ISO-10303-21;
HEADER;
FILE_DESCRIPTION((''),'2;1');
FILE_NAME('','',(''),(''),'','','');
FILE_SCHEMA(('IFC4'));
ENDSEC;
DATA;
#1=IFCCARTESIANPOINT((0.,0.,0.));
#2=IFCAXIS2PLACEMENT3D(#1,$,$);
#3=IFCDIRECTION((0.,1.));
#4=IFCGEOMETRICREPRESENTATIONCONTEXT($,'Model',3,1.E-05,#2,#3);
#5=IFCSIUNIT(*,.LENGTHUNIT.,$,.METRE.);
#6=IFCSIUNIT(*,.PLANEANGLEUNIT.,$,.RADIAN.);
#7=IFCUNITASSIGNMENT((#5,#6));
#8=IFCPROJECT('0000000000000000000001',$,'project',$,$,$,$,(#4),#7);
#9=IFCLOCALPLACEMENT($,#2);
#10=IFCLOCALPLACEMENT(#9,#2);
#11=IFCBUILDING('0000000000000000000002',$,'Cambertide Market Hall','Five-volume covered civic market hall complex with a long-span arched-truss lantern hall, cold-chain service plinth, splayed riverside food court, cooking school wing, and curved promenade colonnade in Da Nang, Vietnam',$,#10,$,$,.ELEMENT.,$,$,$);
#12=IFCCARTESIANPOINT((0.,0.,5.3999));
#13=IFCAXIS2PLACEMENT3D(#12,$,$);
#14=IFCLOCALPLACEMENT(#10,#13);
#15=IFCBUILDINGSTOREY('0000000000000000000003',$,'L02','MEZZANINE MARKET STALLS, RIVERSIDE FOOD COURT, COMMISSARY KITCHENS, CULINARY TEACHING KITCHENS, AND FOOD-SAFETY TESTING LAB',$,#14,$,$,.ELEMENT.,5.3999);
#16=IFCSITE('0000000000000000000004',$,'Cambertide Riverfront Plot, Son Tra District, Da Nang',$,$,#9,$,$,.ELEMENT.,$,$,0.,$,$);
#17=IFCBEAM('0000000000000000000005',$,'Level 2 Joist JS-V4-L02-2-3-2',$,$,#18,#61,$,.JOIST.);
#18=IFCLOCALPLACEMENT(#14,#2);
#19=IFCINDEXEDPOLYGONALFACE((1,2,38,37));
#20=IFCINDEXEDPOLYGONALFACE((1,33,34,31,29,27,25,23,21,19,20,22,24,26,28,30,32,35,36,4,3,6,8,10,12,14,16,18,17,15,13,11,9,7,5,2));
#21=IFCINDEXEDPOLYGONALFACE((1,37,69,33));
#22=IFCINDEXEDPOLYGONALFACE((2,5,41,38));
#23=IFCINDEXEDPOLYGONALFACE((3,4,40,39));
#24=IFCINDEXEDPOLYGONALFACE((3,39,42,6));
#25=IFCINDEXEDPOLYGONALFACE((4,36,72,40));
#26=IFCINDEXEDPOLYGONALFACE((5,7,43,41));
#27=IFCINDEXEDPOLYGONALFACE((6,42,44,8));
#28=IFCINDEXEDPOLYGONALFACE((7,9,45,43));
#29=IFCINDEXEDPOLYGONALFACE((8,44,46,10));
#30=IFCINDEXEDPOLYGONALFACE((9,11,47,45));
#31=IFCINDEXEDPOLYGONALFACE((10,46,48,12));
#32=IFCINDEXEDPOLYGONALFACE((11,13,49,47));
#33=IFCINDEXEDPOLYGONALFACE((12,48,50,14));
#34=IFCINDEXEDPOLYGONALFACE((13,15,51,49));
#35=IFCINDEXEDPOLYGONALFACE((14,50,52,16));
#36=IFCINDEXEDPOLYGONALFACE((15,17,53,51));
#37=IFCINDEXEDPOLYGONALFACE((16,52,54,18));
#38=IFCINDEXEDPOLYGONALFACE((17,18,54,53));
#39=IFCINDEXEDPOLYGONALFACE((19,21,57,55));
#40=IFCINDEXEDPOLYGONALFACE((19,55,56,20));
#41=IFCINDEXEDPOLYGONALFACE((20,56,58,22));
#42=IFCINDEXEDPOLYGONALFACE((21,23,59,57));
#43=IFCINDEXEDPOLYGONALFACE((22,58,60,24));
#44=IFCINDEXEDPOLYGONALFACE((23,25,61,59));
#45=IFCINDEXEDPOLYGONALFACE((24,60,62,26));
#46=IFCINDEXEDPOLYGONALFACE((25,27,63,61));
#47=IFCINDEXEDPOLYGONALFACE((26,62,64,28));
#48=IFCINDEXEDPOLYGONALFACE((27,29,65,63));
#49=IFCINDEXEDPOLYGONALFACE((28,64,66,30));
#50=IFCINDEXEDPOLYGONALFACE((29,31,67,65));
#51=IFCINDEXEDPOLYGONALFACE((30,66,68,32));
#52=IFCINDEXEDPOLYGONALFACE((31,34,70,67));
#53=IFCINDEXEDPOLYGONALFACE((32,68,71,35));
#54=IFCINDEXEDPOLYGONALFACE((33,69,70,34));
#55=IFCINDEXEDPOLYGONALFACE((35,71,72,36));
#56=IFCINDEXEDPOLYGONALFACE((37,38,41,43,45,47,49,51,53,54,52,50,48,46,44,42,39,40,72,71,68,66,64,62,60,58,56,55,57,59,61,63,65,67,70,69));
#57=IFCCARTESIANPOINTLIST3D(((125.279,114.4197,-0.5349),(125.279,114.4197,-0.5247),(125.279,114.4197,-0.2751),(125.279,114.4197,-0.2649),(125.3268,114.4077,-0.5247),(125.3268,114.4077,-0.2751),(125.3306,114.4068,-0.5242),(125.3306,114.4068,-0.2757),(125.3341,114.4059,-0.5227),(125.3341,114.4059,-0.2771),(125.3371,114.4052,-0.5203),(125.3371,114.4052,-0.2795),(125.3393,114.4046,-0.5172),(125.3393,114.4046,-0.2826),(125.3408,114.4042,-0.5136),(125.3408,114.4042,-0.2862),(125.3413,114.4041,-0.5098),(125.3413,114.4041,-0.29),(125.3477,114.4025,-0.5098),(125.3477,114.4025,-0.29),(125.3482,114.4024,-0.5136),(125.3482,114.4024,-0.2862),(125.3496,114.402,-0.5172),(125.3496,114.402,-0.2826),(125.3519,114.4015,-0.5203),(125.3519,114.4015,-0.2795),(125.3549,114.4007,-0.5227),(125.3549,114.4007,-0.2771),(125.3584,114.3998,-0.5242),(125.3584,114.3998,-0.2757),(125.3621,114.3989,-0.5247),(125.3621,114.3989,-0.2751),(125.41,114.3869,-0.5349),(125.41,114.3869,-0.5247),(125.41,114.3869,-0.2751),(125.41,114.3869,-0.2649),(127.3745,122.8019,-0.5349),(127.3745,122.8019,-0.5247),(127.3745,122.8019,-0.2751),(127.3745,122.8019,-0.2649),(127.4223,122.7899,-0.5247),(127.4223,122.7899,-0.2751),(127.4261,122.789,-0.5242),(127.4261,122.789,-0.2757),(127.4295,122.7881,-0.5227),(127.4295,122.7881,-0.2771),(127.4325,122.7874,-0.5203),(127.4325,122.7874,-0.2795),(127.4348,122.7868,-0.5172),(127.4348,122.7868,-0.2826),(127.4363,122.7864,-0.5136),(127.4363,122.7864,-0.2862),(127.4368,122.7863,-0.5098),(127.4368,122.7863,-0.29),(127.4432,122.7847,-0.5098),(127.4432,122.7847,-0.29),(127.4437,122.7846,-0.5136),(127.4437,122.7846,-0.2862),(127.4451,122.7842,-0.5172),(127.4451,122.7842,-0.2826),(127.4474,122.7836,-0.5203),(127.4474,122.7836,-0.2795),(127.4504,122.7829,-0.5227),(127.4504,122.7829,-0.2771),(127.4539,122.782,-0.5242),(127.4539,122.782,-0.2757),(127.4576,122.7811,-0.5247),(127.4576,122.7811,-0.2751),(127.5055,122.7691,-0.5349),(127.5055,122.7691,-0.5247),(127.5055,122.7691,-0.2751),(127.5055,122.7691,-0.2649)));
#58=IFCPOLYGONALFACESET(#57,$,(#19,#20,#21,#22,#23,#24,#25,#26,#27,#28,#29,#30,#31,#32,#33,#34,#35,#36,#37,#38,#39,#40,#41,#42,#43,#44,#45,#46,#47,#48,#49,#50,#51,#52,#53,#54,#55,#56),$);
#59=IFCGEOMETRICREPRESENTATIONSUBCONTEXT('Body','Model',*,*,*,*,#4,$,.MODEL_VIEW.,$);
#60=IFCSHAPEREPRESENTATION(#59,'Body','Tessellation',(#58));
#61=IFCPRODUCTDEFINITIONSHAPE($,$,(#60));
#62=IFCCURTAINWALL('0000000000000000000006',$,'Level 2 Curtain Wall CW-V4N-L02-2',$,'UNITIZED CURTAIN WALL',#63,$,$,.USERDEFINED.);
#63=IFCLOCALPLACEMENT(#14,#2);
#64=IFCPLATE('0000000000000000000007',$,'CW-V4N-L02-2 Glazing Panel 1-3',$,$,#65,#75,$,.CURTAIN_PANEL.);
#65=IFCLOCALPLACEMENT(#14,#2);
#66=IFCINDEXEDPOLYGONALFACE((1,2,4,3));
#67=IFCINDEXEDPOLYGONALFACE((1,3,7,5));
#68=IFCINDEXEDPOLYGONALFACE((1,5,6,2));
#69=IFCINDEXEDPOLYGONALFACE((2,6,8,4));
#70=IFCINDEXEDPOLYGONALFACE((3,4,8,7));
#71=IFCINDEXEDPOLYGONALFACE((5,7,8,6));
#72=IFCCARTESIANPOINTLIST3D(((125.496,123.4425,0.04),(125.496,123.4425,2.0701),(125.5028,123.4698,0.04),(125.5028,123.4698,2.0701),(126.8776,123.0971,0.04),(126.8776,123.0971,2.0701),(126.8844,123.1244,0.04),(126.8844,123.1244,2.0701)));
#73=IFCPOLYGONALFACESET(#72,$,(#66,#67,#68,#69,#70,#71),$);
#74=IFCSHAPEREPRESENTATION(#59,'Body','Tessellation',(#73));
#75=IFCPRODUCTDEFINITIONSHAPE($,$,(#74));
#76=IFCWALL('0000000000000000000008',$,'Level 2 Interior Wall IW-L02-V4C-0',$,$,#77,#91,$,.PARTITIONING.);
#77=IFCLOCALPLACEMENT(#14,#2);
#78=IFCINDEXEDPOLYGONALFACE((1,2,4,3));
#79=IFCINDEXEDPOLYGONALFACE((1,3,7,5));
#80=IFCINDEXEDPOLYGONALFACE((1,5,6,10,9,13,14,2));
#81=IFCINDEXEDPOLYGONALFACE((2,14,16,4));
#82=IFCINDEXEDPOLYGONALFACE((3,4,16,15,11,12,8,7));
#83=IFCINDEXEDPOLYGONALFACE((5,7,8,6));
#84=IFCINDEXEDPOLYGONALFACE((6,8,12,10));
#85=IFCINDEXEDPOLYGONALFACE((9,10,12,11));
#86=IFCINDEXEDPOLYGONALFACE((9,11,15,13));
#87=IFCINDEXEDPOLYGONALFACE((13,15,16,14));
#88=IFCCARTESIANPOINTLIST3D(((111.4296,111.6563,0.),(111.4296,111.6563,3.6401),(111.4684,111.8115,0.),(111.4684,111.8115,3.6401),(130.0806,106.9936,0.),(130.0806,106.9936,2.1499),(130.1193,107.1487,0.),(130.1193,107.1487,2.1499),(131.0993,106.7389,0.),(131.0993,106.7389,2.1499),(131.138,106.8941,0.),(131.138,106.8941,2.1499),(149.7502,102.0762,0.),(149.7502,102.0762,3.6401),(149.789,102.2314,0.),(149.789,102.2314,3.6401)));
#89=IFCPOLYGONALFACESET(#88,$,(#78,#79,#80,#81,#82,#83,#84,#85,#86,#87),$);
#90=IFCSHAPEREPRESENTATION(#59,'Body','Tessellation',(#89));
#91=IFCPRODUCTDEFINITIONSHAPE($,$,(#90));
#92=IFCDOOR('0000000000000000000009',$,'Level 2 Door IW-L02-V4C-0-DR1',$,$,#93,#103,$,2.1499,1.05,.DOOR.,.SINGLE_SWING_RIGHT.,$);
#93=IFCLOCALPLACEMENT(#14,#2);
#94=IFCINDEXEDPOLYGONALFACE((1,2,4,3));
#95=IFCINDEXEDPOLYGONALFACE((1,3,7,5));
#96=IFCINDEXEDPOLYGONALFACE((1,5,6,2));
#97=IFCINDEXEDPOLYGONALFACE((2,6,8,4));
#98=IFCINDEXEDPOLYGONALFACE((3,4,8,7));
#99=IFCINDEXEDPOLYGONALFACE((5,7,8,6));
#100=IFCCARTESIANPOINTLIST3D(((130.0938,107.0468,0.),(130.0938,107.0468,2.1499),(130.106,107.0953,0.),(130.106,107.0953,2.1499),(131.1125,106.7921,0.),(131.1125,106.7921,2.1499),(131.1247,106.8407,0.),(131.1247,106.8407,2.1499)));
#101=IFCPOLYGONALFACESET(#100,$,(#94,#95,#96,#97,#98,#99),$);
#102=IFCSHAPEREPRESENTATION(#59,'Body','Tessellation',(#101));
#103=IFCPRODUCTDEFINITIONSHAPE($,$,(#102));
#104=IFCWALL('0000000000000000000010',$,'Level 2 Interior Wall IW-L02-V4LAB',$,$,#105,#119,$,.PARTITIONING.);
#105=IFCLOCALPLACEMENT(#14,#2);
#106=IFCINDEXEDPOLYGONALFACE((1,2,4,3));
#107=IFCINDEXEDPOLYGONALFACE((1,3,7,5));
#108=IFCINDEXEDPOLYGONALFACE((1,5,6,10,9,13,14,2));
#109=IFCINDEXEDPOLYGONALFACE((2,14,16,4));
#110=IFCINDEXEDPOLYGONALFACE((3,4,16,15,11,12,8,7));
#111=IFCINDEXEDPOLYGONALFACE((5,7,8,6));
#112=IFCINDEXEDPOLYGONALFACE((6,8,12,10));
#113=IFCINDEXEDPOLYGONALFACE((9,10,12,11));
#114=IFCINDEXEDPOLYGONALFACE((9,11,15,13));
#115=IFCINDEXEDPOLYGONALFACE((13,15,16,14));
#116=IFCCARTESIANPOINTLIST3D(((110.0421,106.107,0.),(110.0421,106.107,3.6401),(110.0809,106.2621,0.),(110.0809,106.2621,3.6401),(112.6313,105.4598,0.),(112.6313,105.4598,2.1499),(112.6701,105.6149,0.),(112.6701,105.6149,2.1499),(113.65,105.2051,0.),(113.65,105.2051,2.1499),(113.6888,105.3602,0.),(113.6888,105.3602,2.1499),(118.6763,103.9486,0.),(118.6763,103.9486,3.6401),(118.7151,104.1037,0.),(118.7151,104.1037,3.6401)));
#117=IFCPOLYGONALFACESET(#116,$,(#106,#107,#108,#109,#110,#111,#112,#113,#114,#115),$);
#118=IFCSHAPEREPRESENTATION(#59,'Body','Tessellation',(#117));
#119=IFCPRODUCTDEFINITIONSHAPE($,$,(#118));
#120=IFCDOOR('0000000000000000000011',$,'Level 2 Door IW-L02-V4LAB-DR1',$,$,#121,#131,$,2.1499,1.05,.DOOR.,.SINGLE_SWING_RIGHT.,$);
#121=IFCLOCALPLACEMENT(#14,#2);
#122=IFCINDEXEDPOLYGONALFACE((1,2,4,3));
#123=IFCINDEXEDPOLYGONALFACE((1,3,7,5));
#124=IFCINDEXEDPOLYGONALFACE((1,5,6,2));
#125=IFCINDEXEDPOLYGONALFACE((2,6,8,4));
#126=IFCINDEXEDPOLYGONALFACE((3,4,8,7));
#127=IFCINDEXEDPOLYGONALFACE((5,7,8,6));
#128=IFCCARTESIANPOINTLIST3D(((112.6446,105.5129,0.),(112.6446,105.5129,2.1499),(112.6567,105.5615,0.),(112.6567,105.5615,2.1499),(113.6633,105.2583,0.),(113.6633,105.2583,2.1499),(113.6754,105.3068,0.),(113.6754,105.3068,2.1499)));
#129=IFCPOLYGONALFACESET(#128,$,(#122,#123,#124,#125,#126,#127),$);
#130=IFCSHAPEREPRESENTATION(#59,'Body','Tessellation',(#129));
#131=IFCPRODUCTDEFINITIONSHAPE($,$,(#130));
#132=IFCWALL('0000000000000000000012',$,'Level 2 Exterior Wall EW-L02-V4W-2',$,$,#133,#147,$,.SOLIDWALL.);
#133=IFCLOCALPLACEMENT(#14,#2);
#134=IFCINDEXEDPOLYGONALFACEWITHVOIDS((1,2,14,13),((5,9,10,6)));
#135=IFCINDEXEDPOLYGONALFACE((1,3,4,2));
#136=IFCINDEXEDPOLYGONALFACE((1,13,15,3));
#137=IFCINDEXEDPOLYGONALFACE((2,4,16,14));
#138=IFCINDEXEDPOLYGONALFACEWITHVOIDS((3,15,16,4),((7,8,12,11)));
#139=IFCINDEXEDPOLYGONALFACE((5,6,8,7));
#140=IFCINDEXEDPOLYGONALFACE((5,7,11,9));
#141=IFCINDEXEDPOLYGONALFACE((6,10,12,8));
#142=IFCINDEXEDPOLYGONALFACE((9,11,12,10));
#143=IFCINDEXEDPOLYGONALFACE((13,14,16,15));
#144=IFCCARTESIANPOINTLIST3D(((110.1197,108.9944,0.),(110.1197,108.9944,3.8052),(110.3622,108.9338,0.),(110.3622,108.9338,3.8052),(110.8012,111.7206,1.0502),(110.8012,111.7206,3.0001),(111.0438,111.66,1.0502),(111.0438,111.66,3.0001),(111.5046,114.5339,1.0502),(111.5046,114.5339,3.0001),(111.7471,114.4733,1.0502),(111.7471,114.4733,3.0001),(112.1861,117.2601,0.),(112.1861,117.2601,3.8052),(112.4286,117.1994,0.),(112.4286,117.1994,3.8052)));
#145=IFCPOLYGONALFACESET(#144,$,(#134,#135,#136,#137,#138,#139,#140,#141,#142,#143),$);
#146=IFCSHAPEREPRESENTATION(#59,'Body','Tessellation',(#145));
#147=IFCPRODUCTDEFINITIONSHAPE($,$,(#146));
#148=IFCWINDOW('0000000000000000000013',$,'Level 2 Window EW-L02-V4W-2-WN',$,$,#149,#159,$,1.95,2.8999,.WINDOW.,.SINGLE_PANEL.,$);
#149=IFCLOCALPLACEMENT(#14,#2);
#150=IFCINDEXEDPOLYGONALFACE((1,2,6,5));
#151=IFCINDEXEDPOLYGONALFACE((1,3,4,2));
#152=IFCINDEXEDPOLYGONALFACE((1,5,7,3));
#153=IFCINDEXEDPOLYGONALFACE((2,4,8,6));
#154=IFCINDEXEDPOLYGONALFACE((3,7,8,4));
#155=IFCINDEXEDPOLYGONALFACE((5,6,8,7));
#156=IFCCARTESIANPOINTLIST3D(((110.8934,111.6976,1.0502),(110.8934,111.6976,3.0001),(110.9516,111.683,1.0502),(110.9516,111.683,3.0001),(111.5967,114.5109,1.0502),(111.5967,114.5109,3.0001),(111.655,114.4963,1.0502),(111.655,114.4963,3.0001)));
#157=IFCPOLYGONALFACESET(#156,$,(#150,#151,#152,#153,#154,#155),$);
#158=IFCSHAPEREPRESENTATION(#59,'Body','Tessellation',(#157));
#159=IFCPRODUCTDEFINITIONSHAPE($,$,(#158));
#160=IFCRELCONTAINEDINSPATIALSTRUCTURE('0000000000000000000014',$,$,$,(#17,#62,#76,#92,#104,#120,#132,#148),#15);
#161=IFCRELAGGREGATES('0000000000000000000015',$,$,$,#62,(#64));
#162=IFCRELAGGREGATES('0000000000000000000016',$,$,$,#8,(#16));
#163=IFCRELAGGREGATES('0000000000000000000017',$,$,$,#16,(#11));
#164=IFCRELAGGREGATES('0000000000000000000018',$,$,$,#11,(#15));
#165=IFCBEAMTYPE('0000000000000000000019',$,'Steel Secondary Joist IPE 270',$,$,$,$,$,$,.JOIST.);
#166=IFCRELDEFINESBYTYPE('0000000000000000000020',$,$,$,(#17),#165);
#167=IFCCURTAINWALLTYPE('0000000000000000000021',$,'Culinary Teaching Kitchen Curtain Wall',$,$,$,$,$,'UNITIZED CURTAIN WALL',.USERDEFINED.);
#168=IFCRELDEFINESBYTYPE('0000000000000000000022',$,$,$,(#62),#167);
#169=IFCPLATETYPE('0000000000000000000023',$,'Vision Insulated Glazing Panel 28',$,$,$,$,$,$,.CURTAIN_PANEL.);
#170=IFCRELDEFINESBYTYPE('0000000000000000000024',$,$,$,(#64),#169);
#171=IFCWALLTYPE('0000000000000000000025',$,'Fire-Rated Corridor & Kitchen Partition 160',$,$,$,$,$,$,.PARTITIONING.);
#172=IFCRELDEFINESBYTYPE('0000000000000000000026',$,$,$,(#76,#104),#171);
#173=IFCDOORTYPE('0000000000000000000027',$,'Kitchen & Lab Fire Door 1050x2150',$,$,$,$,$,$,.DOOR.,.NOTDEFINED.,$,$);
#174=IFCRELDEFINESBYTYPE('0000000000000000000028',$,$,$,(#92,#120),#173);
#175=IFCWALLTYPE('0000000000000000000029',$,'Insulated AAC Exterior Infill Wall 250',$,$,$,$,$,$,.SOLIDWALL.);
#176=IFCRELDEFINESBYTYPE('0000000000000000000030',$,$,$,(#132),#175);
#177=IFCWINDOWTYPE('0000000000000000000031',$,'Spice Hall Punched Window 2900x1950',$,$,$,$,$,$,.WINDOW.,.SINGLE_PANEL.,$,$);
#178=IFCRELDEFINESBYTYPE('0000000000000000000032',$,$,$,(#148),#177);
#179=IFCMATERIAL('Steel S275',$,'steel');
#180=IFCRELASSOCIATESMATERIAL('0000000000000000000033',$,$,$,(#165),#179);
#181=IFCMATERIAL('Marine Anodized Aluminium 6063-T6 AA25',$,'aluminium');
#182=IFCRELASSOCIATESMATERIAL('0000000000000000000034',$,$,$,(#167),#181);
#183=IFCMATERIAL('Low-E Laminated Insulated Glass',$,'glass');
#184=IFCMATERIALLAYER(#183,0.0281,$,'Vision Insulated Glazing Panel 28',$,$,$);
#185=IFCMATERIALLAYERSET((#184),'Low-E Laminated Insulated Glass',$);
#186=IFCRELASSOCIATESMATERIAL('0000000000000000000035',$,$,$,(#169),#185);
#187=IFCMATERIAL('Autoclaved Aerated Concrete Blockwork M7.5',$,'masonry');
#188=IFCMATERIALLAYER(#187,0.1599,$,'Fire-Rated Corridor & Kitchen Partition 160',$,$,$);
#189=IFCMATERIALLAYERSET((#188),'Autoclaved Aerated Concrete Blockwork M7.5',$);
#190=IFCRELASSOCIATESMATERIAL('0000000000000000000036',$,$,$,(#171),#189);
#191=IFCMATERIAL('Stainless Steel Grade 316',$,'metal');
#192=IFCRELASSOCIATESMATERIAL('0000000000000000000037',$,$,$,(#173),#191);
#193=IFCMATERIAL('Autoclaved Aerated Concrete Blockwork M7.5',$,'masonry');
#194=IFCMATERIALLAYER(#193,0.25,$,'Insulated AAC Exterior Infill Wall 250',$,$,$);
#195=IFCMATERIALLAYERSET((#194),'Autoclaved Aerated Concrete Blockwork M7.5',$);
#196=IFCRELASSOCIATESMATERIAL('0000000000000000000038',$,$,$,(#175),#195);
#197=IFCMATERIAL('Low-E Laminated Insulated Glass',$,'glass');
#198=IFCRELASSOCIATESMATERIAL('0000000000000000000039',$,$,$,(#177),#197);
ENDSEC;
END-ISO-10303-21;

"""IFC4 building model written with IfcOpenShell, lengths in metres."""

from ifc_helpers import new_model, si_unit, direction, frame, frame_2d, origin, origin_2d, place, context, subcontext, project, spatial, rectangle, i_section, extrude, material, layer, layer_set, material_profile, profile_set, type_object, element, fill, aggregate, save


model = new_model("IFC4")

# Units and contexts
model_context = context("Model", 3, precision=1e-05, world=origin(), true_north=direction((0.0, 1.0)))
body_context = subcontext(model_context, "Body", "Model", "MODEL_VIEW")
ifc_project = project(units=[si_unit("LENGTHUNIT", "METRE"), si_unit("PLANEANGLEUNIT", "RADIAN")], contexts=[model_context])

# Site, building, storey
site_placement = place(None, origin())
site = spatial("IfcSite", under=ifc_project, at=site_placement, Name="Cambertide Riverfront Plot, Son Tra District, Da Nang", CompositionType="ELEMENT", RefElevation=0.0)
building_placement = place(site_placement, origin())
building = spatial("IfcBuilding", under=site, at=building_placement, Name="Cambertide Market Hall", Description="Five-volume covered civic market hall complex with a long-span arched-truss lantern hall, cold-chain service plinth, splayed riverside food court, cooking school wing, and curved promenade colonnade in Da Nang, Vietnam", CompositionType="ELEMENT")
storey_placement = place(building_placement, frame((0.0, 0.0, 5.3999)))
storey = spatial("IfcBuildingStorey", under=building, at=storey_placement, Name="L02", Description="MEZZANINE MARKET STALLS, RIVERSIDE FOOD COURT, COMMISSARY KITCHENS, CULINARY TEACHING KITCHENS, AND FOOD-SAFETY TESTING LAB", CompositionType="ELEMENT", Elevation=5.3999)

# Beam
ifc_material_1 = material(Name="Steel S275", Category="steel")
ifc_material_profile_1 = material_profile(ifc_material_1, i_section(OverallWidth=0.135, OverallDepth=0.27, WebThickness=0.0066, FlangeThickness=0.0103, FilletRadius=0.0149, at=origin_2d()), Name="IPE 270")
ifc_profile_set_1 = profile_set([ifc_material_profile_1], Name="Steel S275")
beam_type_1 = type_object("IfcBeamType", Name="Steel Secondary Joist IPE 270", PredefinedType="JOIST", material=ifc_profile_set_1)
for number, where, z_axis, x_axis, name in (
    (1, (125.3445, 114.4033, -0.3999), (0.242529, 0.970144, 0.0), (-0.970144, 0.242529, 0.0), "Level 2 Joist JS-V4-L02-2-3-2"),
):
    element("IfcBeam", number, at=place(storey_placement, frame(where, z_axis=z_axis, x_axis=x_axis)), inside=storey, type_object=beam_type_1, Name=name, PredefinedType="JOIST", context=body_context, shape_type="SweptSolid", body=[
        extrude(i_section(OverallWidth=0.135, OverallDepth=0.27, WebThickness=0.0066, FlangeThickness=0.0103, FilletRadius=0.0149, at=origin_2d()), origin(), (0.0, 0.0, 1.0), 8.6401),
    ])

# Curtain wall, plate
ifc_material_2 = material(Name="Marine Anodized Aluminium 6063-T6 AA25", Category="aluminium")
curtain_wall_type = type_object("IfcCurtainWallType", Name="Culinary Teaching Kitchen Curtain Wall", ElementType="UNITIZED CURTAIN WALL", PredefinedType="USERDEFINED", material=ifc_material_2)
curtain_wall_placement = place(storey_placement, origin())
curtain_wall = element("IfcCurtainWall", 2, at=curtain_wall_placement, inside=storey, type_object=curtain_wall_type, Name="Level 2 Curtain Wall CW-V4N-L02-2", ObjectType="UNITIZED CURTAIN WALL", PredefinedType="USERDEFINED")
ifc_material_3 = material(Name="Low-E Laminated Insulated Glass", Category="glass")
ifc_layer_1 = layer(ifc_material_3, 0.0281, Name="Vision Insulated Glazing Panel 28")
ifc_layer_set_1 = layer_set([ifc_layer_1], Name="Low-E Laminated Insulated Glass")
plate_type = type_object("IfcPlateType", Name="Vision Insulated Glazing Panel 28", PredefinedType="CURTAIN_PANEL", material=ifc_layer_set_1)
plate_placement = place(storey_placement, frame((126.1902, 123.2834, 0.04), z_axis=(0.0, 0.0, 1.0), x_axis=(0.970143, -0.242536, 0.0)))
plate = element("IfcPlate", 3, at=plate_placement, type_object=plate_type, Name="CW-V4N-L02-2 Glazing Panel 1-3", PredefinedType="CURTAIN_PANEL", context=body_context, shape_type="SweptSolid", body=[
    extrude(rectangle(XDim=1.4241, YDim=0.0281, at=origin_2d()), origin(), (0.0, 0.0, 1.0), 2.03),
])
aggregate(curtain_wall, [plate])

# Walls, openings, doors
ifc_material_4 = material(Name="Autoclaved Aerated Concrete Blockwork M7.5", Category="masonry")
ifc_layer_2 = layer(ifc_material_4, 0.1599, Name="Fire-Rated Corridor & Kitchen Partition 160")
ifc_layer_set_2 = layer_set([ifc_layer_2], Name="Autoclaved Aerated Concrete Blockwork M7.5")
wall_type_1 = type_object("IfcWallType", Name="Fire-Rated Corridor & Kitchen Partition 160", PredefinedType="PARTITIONING", material=ifc_layer_set_2)
wall_1_placement = place(storey_placement, frame((111.449, 111.7339, 0.0), z_axis=(0.0, 0.0, 1.0), x_axis=(0.970143, -0.242534, 0.0)))
wall_1 = element("IfcWall", 4, at=wall_1_placement, inside=storey, type_object=wall_type_1, Name="Level 2 Interior Wall IW-L02-V4C-0", PredefinedType="PARTITIONING", context=body_context, shape_type="SweptSolid", body=[
    extrude(rectangle(XDim=39.5, YDim=0.1599, at=frame_2d((19.75, 0.0))), origin(), (0.0, 0.0, 1.0), 3.6401),
])
opening_1_placement = place(wall_1_placement, frame((19.2251, 0.0, 0.0)))
opening_1 = element("IfcOpeningElement", 5, at=opening_1_placement, cuts=wall_1, PredefinedType="OPENING", context=body_context, shape_type="SweptSolid", body=[
    extrude(rectangle(XDim=1.05, YDim=2.1499, at=frame_2d((0.5249, 1.075))), frame((0.0, 0.0898, 0.0), z_axis=(0.0, -1.0, 0.0), x_axis=(1.0, 0.0, 0.0)), (0.0, 0.0, 1.0), 0.1799),
])
ifc_material_5 = material(Name="Stainless Steel Grade 316", Category="metal")
door_type_1 = type_object("IfcDoorType", Name="Kitchen & Lab Fire Door 1050x2150", OperationType="NOTDEFINED", PredefinedType="DOOR", material=ifc_material_5)
door_1_placement = place(opening_1_placement, origin())
door_1 = element("IfcDoor", 6, at=door_1_placement, inside=storey, type_object=door_type_1, Name="Level 2 Door IW-L02-V4C-0-DR1", OperationType="SINGLE_SWING_RIGHT", OverallHeight=2.1499, OverallWidth=1.05, PredefinedType="DOOR", context=body_context, shape_type="SweptSolid", body=[
    extrude(rectangle(XDim=1.05, YDim=2.1499, at=frame_2d((0.5249, 1.075))), frame((0.0, 0.0249, 0.0), z_axis=(0.0, -1.0, 0.0), x_axis=(1.0, 0.0, 0.0)), (0.0, 0.0, 1.0), 0.05),
])
fill(opening_1, door_1)
wall_2_placement = place(storey_placement, frame((110.0615, 106.1846, 0.0), z_axis=(0.0, 0.0, 1.0), x_axis=(0.970146, -0.242523, 0.0)))
wall_2 = element("IfcWall", 7, at=wall_2_placement, inside=storey, type_object=wall_type_1, Name="Level 2 Interior Wall IW-L02-V4LAB", PredefinedType="PARTITIONING", context=body_context, shape_type="SweptSolid", body=[
    extrude(rectangle(XDim=8.8999, YDim=0.1599, at=frame_2d((4.45, 0.0))), origin(), (0.0, 0.0, 1.0), 3.6401),
])
opening_2_placement = place(wall_2_placement, frame((2.6689, 0.0, 0.0)))
opening_2 = element("IfcOpeningElement", 8, at=opening_2_placement, cuts=wall_2, PredefinedType="OPENING", context=body_context, shape_type="SweptSolid", body=[
    extrude(rectangle(XDim=1.05, YDim=2.1499, at=frame_2d((0.5249, 1.075))), frame((0.0, 0.0898, 0.0), z_axis=(0.0, -1.0, 0.0), x_axis=(1.0, 0.0, 0.0)), (0.0, 0.0, 1.0), 0.1799),
])
door_2_placement = place(opening_2_placement, origin())
door_2 = element("IfcDoor", 9, at=door_2_placement, inside=storey, type_object=door_type_1, Name="Level 2 Door IW-L02-V4LAB-DR1", OperationType="SINGLE_SWING_RIGHT", OverallHeight=2.1499, OverallWidth=1.05, PredefinedType="DOOR", context=body_context, shape_type="SweptSolid", body=[
    extrude(rectangle(XDim=1.05, YDim=2.1499, at=frame_2d((0.5249, 1.075))), frame((0.0, 0.0249, 0.0), z_axis=(0.0, -1.0, 0.0), x_axis=(1.0, 0.0, 0.0)), (0.0, 0.0, 1.0), 0.05),
])
fill(opening_2, door_2)

# Wall, opening, window
ifc_material_6 = material(Name="Autoclaved Aerated Concrete Blockwork M7.5", Category="masonry")
ifc_layer_3 = layer(ifc_material_6, 0.25, Name="Insulated AAC Exterior Infill Wall 250")
ifc_layer_set_3 = layer_set([ifc_layer_3], Name="Autoclaved Aerated Concrete Blockwork M7.5")
wall_type_2 = type_object("IfcWallType", Name="Insulated AAC Exterior Infill Wall 250", PredefinedType="SOLIDWALL", material=ifc_layer_set_3)
wall_3_placement = place(storey_placement, frame((110.241, 108.9641, 0.0), z_axis=(0.0, 0.0, 1.0), x_axis=(0.242536, 0.970143, 0.0)))
wall_3 = element("IfcWall", 10, at=wall_3_placement, inside=storey, type_object=wall_type_2, Name="Level 2 Exterior Wall EW-L02-V4W-2", PredefinedType="SOLIDWALL", context=body_context, shape_type="SweptSolid", body=[
    extrude(rectangle(XDim=8.52, YDim=0.25, at=frame_2d((4.26, 0.0))), origin(), (0.0, 0.0, 1.0), 3.8052),
])
opening_3_placement = place(wall_3_placement, frame((2.8101, 0.0, 1.05)))
opening_3 = element("IfcOpeningElement", 11, at=opening_3_placement, cuts=wall_3, PredefinedType="OPENING", context=body_context, shape_type="SweptSolid", body=[
    extrude(rectangle(XDim=2.8999, YDim=1.95, at=frame_2d((1.45, 0.9751))), frame((0.0, 0.135, 0.0), z_axis=(0.0, -1.0, 0.0), x_axis=(1.0, 0.0, 0.0)), (0.0, 0.0, 1.0), 0.27),
])
ifc_material_7 = material(Name="Low-E Laminated Insulated Glass", Category="glass")
window_type = type_object("IfcWindowType", Name="Spice Hall Punched Window 2900x1950", PartitioningType="SINGLE_PANEL", PredefinedType="WINDOW", material=ifc_material_7)
window_1_placement = place(opening_3_placement, origin())
window_1 = element("IfcWindow", 12, at=window_1_placement, inside=storey, type_object=window_type, Name="Level 2 Window EW-L02-V4W-2-WN", OverallHeight=1.95, OverallWidth=2.8999, PartitioningType="SINGLE_PANEL", PredefinedType="WINDOW", context=body_context, shape_type="SweptSolid", body=[
    extrude(rectangle(XDim=2.8999, YDim=1.95, at=frame_2d((1.45, 0.9751))), frame((0.0, 0.03, 0.0), z_axis=(0.0, -1.0, 0.0), x_axis=(1.0, 0.0, 0.0)), (0.0, 0.0, 1.0), 0.0601),
])
fill(opening_3, window_1)

save(model, "model.ifc")
